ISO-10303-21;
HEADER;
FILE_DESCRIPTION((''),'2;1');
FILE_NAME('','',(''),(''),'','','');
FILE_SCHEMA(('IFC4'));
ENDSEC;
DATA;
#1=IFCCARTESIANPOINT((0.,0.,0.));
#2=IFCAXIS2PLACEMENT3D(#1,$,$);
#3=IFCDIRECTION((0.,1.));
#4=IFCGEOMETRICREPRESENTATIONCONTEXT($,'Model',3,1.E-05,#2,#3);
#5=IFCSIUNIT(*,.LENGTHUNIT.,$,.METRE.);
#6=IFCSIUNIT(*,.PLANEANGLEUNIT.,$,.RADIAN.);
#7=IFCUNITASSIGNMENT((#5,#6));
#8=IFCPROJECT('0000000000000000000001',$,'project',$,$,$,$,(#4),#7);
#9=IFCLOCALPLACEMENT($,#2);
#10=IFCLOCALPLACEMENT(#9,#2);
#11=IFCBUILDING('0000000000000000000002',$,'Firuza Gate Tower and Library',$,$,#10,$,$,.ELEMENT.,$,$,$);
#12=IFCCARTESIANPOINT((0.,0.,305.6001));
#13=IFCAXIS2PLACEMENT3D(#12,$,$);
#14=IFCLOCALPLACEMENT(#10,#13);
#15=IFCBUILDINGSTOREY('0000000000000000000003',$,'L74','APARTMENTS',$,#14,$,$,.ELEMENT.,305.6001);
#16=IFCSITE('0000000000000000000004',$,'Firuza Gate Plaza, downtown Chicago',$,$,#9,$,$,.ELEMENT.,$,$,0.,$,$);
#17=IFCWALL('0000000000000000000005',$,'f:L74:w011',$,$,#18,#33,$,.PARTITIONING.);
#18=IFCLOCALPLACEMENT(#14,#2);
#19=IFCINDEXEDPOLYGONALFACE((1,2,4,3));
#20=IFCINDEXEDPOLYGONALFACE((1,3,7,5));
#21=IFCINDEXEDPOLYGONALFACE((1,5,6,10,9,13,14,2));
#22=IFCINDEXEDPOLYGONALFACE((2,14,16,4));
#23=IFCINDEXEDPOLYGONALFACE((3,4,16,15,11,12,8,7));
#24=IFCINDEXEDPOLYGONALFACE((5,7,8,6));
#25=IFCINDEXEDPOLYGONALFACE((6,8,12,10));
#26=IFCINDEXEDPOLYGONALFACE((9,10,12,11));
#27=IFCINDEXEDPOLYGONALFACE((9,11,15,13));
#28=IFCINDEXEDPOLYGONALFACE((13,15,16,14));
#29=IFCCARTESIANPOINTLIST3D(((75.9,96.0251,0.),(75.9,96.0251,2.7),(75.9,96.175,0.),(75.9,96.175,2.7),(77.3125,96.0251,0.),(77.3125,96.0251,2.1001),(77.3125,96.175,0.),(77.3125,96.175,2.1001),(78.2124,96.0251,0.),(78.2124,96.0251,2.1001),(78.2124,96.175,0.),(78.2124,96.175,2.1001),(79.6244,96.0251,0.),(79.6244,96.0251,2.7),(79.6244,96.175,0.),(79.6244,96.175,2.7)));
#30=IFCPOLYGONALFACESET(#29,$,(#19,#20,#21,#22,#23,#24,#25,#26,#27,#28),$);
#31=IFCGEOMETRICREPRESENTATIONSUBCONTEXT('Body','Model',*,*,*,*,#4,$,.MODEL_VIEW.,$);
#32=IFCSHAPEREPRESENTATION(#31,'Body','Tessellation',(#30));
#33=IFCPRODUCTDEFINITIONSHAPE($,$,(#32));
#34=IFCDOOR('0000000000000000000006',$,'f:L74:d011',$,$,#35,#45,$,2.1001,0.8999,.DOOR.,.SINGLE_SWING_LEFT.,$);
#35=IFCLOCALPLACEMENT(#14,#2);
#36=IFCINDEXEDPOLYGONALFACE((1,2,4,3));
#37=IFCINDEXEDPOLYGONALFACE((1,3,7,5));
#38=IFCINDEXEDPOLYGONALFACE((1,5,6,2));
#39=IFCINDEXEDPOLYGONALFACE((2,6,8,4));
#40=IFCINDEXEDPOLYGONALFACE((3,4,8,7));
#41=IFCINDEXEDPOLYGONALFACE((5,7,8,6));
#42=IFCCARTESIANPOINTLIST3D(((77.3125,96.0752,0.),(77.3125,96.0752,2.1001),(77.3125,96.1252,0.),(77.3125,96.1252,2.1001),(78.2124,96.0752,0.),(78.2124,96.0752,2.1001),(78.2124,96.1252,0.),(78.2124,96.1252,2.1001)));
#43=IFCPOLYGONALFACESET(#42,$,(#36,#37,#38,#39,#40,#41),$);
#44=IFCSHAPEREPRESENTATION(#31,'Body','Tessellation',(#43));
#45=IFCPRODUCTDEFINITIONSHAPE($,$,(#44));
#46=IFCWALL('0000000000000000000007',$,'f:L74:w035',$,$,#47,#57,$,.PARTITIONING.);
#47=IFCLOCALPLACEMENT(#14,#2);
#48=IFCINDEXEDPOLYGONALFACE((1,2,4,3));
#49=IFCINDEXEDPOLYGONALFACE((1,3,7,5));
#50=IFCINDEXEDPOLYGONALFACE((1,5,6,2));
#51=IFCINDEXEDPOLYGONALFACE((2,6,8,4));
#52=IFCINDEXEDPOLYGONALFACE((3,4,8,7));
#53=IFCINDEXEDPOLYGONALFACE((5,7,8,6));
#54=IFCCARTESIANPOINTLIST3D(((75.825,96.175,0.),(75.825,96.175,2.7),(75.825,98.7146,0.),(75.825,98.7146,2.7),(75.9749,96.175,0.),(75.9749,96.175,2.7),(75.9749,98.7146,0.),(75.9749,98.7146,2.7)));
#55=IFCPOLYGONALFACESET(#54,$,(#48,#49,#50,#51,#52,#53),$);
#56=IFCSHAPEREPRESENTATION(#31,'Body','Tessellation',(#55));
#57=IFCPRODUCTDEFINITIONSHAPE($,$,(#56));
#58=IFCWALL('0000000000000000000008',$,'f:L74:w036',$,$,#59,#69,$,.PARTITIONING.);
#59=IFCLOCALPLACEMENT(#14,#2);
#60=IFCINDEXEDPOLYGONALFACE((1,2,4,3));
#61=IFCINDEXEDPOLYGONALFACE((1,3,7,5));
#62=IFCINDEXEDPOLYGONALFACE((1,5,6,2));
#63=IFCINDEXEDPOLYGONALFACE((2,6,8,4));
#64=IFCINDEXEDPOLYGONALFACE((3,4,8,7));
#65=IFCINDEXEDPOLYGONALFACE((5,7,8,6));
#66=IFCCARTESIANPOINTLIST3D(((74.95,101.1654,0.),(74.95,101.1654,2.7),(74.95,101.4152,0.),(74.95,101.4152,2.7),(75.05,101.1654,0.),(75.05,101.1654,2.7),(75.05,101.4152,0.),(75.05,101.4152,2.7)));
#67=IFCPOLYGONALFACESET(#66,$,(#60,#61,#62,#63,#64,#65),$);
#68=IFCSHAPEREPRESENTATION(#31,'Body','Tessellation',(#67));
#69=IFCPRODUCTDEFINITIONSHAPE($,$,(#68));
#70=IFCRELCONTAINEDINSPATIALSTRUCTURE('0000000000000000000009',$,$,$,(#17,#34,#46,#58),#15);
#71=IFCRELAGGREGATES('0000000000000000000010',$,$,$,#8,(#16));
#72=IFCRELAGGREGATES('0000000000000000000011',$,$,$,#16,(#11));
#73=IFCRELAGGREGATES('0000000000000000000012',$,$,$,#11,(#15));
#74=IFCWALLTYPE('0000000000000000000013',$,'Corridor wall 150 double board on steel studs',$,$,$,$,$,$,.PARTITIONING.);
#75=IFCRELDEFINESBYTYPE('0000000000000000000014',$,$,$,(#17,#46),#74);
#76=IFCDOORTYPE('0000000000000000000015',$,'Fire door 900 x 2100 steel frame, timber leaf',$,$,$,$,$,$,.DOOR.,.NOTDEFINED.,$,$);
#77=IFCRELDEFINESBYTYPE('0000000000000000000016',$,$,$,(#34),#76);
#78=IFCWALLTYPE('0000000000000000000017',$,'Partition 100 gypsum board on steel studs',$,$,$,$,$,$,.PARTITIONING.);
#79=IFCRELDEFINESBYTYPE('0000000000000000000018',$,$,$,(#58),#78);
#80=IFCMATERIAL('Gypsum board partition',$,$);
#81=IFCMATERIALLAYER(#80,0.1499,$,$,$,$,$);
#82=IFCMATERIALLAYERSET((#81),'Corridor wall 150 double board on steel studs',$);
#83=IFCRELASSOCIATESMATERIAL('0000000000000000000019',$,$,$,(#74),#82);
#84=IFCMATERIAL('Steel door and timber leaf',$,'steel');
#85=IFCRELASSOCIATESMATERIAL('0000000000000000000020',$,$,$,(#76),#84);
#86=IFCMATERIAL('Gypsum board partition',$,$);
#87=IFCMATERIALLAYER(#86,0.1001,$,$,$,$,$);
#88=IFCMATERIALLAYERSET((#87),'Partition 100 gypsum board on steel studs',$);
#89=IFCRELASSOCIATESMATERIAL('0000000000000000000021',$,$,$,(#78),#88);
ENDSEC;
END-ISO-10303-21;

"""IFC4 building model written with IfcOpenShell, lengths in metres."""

from ifc_helpers import new_model, si_unit, direction, frame, frame_2d, origin, place, context, subcontext, project, spatial, rectangle, extrude, material, layer, layer_set, type_object, element, fill, save


model = new_model("IFC4")

# Units and contexts
model_context = context("Model", 3, precision=1e-05, world=origin(), true_north=direction((0.0, 1.0)))
body_context = subcontext(model_context, "Body", "Model", "MODEL_VIEW")
ifc_project = project(units=[si_unit("LENGTHUNIT", "METRE"), si_unit("PLANEANGLEUNIT", "RADIAN")], contexts=[model_context])

# Site, building, storey
site_placement = place(None, origin())
site = spatial("IfcSite", under=ifc_project, at=site_placement, Name="Firuza Gate Plaza, downtown Chicago", CompositionType="ELEMENT", RefElevation=0.0)
building_placement = place(site_placement, origin())
building = spatial("IfcBuilding", under=site, at=building_placement, Name="Firuza Gate Tower and Library", CompositionType="ELEMENT")
storey_placement = place(building_placement, frame((0.0, 0.0, 305.6001)))
storey = spatial("IfcBuildingStorey", under=building, at=storey_placement, Name="L74", Description="APARTMENTS", CompositionType="ELEMENT", Elevation=305.6001)

# Wall, opening, door
ifc_material_1 = material(Name="Gypsum board partition")
ifc_layer_1 = layer(ifc_material_1, 0.1499)
ifc_layer_set_1 = layer_set([ifc_layer_1], Name="Corridor wall 150 double board on steel studs")
wall_type_1 = type_object("IfcWallType", Name="Corridor wall 150 double board on steel studs", PredefinedType="PARTITIONING", material=ifc_layer_set_1)
wall_1_placement = place(storey_placement, frame((79.6245, 96.1001, 0.0), z_axis=(0.0, 0.0, 1.0), x_axis=(-1.0, 0.0, 0.0)))
wall_1 = element("IfcWall", 1, at=wall_1_placement, inside=storey, type_object=wall_type_1, Name="f:L74:w011", PredefinedType="PARTITIONING", context=body_context, shape_type="SweptSolid", body=[
    extrude(rectangle(XDim=3.7244, YDim=0.1499, at=frame_2d((1.8623, 0.0))), origin(), (0.0, 0.0, 1.0), 2.7),
])
opening_placement = place(wall_1_placement, frame((1.4121, 0.0, 0.0)))
opening = element("IfcOpeningElement", 2, at=opening_placement, cuts=wall_1, PredefinedType="OPENING", context=body_context, shape_type="SweptSolid", body=[
    extrude(rectangle(XDim=0.8999, YDim=2.1001, at=frame_2d((0.45, 1.05))), frame((0.0, 0.085, 0.0), z_axis=(0.0, -1.0, 0.0), x_axis=(1.0, 0.0, 0.0)), (0.0, 0.0, 1.0), 0.1699),
])
ifc_material_2 = material(Name="Steel door and timber leaf", Category="steel")
door_type = type_object("IfcDoorType", Name="Fire door 900 x 2100 steel frame, timber leaf", OperationType="NOTDEFINED", PredefinedType="DOOR", material=ifc_material_2)
door_placement = place(opening_placement, origin())
door = element("IfcDoor", 3, at=door_placement, inside=storey, type_object=door_type, Name="f:L74:d011", OperationType="SINGLE_SWING_LEFT", OverallHeight=2.1001, OverallWidth=0.8999, PredefinedType="DOOR", context=body_context, shape_type="SweptSolid", body=[
    extrude(rectangle(XDim=0.8999, YDim=2.1001, at=frame_2d((0.45, 1.05))), frame((0.0, 0.0249, 0.0), z_axis=(0.0, -1.0, 0.0), x_axis=(1.0, 0.0, 0.0)), (0.0, 0.0, 1.0), 0.05),
])
fill(opening, door)

# Walls
wall_2_placement = place(storey_placement, frame((75.8999, 96.175, 0.0), z_axis=(0.0, 0.0, 1.0), x_axis=(0.0, 1.0, 0.0)))
element("IfcWall", 4, at=wall_2_placement, inside=storey, type_object=wall_type_1, Name="f:L74:w035", PredefinedType="PARTITIONING", context=body_context, shape_type="SweptSolid", body=[
    extrude(rectangle(XDim=2.5396, YDim=0.1499, at=frame_2d((1.2698, 0.0))), origin(), (0.0, 0.0, 1.0), 2.7),
])
ifc_material_3 = material(Name="Gypsum board partition")
ifc_layer_2 = layer(ifc_material_3, 0.1001)
ifc_layer_set_2 = layer_set([ifc_layer_2], Name="Partition 100 gypsum board on steel studs")
wall_type_2 = type_object("IfcWallType", Name="Partition 100 gypsum board on steel studs", PredefinedType="PARTITIONING", material=ifc_layer_set_2)
wall_3_placement = place(storey_placement, frame((75.0, 101.1653, 0.0), z_axis=(0.0, 0.0, 1.0), x_axis=(0.0, 1.0, 0.0)))
element("IfcWall", 5, at=wall_3_placement, inside=storey, type_object=wall_type_2, Name="f:L74:w036", PredefinedType="PARTITIONING", context=body_context, shape_type="SweptSolid", body=[
    extrude(rectangle(XDim=0.2498, YDim=0.1001, at=frame_2d((0.125, 0.0))), origin(), (0.0, 0.0, 1.0), 2.7),
])

save(model, "model.ifc")
